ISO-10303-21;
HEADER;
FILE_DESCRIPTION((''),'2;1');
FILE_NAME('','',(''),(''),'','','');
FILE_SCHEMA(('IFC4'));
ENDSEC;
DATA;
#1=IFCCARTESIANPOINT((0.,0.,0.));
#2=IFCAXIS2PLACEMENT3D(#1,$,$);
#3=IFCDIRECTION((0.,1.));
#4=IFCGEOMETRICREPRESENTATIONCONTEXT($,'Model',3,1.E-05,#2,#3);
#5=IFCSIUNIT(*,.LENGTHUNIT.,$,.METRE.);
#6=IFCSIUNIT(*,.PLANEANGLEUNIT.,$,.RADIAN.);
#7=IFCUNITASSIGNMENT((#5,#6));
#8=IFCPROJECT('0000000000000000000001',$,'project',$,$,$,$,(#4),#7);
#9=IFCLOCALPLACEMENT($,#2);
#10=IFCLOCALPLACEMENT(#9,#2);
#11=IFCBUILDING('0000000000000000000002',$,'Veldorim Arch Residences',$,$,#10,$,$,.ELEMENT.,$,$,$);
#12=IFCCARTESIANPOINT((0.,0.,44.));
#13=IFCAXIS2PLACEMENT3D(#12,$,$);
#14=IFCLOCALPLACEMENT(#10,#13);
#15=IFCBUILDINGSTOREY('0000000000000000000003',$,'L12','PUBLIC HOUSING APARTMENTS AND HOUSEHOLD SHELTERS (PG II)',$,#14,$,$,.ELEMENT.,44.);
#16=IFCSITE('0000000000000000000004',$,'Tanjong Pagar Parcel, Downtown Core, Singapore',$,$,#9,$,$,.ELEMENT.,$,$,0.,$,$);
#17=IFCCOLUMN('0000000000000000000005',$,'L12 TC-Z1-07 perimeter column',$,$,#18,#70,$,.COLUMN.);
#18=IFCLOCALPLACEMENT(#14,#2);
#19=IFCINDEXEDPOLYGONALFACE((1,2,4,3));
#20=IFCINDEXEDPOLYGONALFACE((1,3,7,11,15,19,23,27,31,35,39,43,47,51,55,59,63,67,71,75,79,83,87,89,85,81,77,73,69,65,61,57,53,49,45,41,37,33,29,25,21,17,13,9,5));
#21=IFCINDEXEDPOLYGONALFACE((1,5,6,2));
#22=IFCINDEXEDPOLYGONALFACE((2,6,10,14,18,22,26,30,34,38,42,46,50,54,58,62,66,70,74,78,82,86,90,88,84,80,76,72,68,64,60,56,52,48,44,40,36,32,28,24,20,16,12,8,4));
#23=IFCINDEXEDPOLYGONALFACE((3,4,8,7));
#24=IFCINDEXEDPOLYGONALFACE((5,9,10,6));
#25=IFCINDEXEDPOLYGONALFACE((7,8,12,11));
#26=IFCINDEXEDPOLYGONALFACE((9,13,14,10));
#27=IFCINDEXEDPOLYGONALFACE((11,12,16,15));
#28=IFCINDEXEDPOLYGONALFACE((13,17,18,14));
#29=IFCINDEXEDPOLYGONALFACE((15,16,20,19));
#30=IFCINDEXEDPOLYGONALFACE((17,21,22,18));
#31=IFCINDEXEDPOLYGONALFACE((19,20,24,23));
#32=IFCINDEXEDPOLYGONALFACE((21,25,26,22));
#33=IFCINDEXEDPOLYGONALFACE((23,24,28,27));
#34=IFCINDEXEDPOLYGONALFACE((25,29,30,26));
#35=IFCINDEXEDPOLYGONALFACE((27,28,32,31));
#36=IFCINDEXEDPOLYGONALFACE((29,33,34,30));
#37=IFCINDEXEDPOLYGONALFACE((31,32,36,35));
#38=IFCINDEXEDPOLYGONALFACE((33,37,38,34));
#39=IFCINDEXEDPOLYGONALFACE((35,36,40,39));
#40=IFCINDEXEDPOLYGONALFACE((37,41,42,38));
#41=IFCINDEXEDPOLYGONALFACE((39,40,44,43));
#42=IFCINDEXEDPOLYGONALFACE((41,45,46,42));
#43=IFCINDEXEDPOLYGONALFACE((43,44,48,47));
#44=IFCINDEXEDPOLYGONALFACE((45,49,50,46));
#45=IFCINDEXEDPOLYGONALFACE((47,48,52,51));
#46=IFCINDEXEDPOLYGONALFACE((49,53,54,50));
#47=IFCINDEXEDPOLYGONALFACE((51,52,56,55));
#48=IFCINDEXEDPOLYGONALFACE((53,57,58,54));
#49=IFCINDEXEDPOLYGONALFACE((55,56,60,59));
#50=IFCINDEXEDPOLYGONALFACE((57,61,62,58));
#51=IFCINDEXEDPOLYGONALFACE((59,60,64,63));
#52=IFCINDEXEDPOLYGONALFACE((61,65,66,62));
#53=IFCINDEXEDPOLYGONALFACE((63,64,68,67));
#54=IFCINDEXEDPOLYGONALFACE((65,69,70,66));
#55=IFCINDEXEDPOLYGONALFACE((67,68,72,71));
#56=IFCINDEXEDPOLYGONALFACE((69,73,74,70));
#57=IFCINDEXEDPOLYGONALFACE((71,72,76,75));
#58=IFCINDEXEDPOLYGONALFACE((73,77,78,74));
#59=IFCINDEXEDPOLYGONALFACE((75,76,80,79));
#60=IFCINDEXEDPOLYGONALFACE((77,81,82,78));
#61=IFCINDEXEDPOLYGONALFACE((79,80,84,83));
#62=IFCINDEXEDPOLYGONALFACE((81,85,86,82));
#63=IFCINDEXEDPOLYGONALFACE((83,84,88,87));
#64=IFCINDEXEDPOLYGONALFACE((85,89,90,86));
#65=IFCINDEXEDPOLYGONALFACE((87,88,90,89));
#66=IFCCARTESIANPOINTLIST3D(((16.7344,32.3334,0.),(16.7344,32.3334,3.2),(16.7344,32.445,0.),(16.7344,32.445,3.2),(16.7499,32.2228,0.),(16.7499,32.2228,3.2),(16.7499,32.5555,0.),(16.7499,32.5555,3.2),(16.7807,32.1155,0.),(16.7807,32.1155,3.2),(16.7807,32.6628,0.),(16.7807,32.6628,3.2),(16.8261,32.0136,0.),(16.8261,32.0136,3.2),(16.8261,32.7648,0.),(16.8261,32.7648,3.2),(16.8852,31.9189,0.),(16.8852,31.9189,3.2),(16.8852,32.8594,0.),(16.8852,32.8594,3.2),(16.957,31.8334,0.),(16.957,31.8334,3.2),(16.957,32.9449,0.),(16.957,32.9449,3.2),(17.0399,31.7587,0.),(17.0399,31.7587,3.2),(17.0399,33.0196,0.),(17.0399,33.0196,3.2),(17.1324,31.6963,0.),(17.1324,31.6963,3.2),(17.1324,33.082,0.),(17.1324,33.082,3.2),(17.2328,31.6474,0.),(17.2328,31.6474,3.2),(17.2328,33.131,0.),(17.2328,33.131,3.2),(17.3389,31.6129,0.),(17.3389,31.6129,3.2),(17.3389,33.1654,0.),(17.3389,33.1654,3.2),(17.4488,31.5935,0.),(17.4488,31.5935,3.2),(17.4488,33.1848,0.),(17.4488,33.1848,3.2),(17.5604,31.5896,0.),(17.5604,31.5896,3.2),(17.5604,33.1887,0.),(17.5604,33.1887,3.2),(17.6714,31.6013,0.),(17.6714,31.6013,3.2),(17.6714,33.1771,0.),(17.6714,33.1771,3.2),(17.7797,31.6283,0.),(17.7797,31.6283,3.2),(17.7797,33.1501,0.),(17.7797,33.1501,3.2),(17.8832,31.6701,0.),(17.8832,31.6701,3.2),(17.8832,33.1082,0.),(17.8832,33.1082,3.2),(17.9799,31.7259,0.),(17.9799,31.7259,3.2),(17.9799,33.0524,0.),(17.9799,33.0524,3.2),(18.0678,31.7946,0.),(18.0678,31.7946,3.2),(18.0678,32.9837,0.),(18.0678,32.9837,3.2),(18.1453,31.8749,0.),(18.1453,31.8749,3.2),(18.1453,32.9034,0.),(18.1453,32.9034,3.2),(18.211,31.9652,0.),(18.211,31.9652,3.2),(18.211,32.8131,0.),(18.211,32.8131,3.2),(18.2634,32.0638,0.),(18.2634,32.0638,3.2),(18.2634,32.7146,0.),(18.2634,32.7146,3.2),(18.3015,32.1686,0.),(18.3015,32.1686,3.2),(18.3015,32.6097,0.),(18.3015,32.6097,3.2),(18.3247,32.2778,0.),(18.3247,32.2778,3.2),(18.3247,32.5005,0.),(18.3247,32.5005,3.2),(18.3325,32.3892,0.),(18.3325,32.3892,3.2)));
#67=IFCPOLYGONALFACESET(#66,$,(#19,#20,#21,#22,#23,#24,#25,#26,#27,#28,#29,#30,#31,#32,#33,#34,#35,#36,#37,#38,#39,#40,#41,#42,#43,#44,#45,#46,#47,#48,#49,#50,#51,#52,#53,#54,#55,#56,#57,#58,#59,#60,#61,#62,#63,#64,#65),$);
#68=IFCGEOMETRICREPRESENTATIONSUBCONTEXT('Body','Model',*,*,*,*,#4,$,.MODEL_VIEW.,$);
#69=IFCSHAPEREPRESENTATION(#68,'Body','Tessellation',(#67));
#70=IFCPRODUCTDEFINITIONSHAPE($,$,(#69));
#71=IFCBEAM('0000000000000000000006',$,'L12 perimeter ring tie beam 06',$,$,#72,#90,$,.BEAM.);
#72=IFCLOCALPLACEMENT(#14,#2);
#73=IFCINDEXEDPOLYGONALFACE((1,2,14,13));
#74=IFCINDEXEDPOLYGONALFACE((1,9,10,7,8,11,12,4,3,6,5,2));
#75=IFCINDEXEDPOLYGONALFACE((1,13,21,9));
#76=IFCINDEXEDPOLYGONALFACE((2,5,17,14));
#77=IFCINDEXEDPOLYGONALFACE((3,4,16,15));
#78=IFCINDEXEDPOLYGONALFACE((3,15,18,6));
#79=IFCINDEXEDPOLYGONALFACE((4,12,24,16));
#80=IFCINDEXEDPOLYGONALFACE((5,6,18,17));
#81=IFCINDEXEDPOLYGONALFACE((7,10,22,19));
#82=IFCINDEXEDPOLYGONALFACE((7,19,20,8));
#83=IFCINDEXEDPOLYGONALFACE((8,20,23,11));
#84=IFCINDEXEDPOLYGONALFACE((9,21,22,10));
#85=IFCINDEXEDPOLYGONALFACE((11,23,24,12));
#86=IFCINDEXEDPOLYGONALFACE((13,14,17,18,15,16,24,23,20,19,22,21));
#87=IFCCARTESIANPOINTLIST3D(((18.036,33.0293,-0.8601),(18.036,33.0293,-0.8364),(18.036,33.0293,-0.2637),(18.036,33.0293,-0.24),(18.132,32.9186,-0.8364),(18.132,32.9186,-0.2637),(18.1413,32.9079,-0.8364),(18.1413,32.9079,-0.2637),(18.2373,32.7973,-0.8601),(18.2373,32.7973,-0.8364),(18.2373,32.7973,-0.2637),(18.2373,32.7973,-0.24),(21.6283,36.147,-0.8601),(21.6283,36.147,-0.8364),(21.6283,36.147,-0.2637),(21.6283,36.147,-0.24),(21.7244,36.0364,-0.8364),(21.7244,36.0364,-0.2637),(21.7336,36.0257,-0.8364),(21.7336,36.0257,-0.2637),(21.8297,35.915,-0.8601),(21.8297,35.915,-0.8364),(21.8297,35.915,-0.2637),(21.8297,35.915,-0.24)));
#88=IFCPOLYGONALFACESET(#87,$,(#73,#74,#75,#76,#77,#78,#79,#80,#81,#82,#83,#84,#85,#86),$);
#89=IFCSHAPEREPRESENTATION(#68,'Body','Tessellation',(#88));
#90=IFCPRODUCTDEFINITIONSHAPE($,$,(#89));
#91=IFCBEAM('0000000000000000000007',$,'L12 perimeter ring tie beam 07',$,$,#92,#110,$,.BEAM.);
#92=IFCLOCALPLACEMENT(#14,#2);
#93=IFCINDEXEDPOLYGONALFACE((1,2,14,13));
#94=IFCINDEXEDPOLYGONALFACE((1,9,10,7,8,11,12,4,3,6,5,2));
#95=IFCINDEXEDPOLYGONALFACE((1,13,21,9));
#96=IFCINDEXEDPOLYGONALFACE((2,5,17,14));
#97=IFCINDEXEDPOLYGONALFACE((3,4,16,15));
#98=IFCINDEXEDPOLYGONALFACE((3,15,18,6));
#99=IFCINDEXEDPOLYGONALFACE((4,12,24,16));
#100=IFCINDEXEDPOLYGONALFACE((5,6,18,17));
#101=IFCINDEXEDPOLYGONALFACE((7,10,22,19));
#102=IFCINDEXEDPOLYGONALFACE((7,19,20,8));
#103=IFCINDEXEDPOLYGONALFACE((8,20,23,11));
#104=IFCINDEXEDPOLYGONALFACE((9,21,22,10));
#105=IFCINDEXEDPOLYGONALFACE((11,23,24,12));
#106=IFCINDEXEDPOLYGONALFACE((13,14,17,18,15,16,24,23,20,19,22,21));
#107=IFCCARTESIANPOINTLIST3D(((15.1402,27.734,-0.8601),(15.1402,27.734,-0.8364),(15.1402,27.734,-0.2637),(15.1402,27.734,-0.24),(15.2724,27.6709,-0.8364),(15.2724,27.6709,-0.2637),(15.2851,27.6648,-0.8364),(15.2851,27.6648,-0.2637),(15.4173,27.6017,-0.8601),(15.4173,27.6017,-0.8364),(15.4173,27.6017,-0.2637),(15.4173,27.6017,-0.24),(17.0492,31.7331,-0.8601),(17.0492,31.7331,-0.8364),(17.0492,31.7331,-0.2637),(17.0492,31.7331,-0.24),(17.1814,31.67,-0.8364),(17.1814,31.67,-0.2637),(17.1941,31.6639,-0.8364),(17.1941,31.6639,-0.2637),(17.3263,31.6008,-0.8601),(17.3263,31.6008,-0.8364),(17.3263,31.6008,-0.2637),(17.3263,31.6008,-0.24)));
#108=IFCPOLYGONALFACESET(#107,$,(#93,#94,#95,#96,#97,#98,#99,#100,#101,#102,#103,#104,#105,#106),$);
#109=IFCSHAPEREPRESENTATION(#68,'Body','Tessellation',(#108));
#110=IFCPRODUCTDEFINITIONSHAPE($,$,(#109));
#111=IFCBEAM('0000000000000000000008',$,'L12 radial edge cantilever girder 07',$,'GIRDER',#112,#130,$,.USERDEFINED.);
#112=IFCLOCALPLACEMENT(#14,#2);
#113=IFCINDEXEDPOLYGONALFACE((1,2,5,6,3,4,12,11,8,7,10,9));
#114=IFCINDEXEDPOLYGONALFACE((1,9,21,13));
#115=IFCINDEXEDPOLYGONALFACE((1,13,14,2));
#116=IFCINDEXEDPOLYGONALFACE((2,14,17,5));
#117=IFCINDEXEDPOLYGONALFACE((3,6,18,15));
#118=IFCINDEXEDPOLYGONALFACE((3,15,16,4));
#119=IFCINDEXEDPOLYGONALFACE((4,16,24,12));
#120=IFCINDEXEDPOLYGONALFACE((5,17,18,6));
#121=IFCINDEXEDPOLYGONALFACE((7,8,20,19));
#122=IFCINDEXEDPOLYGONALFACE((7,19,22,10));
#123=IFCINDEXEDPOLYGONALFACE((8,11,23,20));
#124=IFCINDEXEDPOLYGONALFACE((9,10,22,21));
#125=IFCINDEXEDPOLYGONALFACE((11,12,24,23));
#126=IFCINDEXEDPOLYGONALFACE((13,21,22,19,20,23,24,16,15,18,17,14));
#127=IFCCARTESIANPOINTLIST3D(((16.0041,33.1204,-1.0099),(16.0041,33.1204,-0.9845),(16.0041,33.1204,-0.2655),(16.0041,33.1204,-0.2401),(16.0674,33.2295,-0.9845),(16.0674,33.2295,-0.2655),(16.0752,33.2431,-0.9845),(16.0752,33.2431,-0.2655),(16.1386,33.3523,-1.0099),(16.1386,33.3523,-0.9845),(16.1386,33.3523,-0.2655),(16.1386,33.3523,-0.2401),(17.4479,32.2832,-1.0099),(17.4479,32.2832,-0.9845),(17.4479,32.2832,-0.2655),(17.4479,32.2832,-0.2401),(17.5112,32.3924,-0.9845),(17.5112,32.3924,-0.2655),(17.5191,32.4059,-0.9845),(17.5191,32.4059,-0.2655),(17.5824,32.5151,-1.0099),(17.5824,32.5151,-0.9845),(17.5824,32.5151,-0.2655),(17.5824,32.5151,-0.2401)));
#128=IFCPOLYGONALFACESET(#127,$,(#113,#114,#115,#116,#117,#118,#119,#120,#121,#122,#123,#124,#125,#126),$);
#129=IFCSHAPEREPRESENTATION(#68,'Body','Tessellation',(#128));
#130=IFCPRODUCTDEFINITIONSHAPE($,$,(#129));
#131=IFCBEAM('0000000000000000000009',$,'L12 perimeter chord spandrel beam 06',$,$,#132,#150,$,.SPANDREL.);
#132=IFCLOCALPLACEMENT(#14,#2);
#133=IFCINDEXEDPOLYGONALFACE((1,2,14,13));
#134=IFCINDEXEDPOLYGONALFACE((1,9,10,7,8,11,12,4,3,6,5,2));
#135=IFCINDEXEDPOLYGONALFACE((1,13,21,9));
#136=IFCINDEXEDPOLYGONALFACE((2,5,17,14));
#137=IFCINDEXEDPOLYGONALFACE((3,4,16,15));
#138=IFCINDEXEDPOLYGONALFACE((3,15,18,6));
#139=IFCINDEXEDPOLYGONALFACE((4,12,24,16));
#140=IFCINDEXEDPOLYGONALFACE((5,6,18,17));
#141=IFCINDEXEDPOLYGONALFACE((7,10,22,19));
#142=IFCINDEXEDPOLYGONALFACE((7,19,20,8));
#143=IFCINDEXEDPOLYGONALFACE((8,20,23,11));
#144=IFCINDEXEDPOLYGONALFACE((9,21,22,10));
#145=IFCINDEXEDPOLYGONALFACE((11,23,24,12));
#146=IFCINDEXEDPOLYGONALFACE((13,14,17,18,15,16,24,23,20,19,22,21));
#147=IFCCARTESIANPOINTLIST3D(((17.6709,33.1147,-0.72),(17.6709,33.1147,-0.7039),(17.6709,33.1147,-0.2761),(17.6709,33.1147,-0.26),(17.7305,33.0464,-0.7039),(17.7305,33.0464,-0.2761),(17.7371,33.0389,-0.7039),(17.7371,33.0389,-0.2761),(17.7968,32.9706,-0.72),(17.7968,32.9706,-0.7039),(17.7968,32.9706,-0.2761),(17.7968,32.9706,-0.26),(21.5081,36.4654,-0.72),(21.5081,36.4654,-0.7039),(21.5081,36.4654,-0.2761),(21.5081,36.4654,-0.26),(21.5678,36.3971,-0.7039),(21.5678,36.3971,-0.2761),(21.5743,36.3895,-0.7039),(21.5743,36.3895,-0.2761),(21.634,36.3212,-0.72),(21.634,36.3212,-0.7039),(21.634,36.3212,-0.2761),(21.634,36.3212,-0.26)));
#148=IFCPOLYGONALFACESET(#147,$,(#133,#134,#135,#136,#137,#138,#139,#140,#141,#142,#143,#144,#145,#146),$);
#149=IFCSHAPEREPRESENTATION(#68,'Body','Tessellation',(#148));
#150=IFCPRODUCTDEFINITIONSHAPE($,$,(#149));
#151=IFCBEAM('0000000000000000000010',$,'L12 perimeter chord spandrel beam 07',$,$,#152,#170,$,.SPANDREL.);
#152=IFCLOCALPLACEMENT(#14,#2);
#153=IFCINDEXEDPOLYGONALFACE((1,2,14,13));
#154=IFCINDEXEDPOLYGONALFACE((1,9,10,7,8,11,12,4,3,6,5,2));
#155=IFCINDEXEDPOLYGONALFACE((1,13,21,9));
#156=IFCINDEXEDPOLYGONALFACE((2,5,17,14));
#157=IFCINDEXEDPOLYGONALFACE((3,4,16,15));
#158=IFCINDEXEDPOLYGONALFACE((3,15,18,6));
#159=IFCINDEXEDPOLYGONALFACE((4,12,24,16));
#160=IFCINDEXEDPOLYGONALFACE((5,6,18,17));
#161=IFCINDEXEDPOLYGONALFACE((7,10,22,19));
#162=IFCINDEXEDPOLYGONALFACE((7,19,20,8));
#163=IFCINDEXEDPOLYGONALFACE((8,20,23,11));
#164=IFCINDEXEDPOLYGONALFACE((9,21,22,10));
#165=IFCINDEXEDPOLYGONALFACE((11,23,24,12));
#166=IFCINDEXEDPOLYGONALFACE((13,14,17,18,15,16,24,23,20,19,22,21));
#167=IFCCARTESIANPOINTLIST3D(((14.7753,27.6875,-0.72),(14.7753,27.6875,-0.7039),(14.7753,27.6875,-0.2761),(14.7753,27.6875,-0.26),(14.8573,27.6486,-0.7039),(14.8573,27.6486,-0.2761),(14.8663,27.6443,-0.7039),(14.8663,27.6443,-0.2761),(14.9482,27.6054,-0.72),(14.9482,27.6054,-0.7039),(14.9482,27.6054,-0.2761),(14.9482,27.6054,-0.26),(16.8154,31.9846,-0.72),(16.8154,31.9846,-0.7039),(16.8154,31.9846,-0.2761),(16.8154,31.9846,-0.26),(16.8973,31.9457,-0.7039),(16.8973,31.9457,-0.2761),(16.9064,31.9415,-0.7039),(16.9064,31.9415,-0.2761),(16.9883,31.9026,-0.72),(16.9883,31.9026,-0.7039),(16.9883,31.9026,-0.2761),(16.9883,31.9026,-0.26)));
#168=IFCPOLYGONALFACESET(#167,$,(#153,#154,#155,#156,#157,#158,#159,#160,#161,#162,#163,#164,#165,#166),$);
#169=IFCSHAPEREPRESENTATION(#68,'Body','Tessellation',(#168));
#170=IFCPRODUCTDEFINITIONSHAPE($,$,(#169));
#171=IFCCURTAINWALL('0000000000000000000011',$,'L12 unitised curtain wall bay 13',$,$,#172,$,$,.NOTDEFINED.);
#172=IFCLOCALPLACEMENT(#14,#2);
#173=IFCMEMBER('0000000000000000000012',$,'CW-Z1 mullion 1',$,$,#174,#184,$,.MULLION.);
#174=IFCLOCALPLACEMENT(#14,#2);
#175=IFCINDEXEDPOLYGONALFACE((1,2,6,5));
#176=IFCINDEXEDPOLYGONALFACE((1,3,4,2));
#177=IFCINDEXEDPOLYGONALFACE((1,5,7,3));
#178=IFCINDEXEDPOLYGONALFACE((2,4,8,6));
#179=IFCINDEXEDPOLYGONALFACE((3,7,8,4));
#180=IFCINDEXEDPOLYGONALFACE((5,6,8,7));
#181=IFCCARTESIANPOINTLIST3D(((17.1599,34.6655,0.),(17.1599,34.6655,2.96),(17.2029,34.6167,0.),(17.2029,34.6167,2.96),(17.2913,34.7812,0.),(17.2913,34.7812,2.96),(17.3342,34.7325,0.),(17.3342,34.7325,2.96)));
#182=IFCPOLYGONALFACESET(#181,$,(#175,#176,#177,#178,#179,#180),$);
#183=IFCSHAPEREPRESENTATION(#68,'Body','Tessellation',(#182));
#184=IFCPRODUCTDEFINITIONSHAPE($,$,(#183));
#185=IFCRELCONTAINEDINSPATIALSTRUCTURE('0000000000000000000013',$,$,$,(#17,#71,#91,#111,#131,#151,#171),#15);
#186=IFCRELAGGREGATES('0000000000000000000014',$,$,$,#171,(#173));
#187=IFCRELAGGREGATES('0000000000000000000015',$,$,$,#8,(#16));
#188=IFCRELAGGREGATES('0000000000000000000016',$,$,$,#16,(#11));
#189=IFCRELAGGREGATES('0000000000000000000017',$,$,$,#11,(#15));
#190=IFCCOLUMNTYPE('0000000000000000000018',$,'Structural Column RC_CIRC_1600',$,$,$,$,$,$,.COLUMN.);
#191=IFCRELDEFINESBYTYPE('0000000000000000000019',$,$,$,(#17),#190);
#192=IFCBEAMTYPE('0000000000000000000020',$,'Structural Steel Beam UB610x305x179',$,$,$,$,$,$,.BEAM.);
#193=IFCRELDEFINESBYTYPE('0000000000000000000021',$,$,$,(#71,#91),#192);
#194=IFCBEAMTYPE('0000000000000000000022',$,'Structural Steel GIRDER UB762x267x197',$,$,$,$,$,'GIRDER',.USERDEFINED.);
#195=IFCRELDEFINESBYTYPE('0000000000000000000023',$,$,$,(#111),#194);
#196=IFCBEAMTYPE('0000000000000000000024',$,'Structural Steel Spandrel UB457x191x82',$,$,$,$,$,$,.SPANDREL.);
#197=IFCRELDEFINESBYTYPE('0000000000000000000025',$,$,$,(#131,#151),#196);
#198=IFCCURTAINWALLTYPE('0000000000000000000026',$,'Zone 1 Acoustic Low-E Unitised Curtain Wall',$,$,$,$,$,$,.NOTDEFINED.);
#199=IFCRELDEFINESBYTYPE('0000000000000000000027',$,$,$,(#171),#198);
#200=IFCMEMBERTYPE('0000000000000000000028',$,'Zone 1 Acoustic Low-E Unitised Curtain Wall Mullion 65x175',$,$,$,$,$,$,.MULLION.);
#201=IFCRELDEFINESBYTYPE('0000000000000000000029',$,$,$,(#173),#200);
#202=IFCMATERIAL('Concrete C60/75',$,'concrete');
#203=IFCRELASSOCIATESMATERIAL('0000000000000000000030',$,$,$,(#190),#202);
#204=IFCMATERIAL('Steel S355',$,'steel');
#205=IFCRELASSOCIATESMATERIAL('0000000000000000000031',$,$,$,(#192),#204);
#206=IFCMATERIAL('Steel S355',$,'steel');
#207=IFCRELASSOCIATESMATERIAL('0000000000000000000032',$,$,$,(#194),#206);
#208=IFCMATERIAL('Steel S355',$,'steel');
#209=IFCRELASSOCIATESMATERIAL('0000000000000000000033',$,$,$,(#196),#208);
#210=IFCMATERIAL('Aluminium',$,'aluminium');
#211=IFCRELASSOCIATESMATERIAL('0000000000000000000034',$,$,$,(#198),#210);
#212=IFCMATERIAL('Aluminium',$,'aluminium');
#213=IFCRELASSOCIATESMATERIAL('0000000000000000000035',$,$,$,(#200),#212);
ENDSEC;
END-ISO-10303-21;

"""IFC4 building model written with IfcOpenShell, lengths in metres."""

from ifc_helpers import new_model, si_unit, direction, frame, origin, origin_2d, place, context, subcontext, project, spatial, rectangle, circle, i_section, extrude, material, material_profile, profile_set, type_object, element, aggregate, save


model = new_model("IFC4")

# Units and contexts
model_context = context("Model", 3, precision=1e-05, world=origin(), true_north=direction((0.0, 1.0)))
body_context = subcontext(model_context, "Body", "Model", "MODEL_VIEW")
ifc_project = project(units=[si_unit("LENGTHUNIT", "METRE"), si_unit("PLANEANGLEUNIT", "RADIAN")], contexts=[model_context])

# Site, building, storey
site_placement = place(None, origin())
site = spatial("IfcSite", under=ifc_project, at=site_placement, Name="Tanjong Pagar Parcel, Downtown Core, Singapore", CompositionType="ELEMENT", RefElevation=0.0)
building_placement = place(site_placement, origin())
building = spatial("IfcBuilding", under=site, at=building_placement, Name="Veldorim Arch Residences", CompositionType="ELEMENT")
storey_placement = place(building_placement, frame((0.0, 0.0, 44.0)))
storey = spatial("IfcBuildingStorey", under=building, at=storey_placement, Name="L12", Description="PUBLIC HOUSING APARTMENTS AND HOUSEHOLD SHELTERS (PG II)", CompositionType="ELEMENT", Elevation=44.0)

# Column
ifc_material_1 = material(Name="Concrete C60/75", Category="concrete")
ifc_material_profile_1 = material_profile(ifc_material_1, circle(Radius=0.8, at=origin_2d()), Name="RC_CIRC_1600")
ifc_profile_set_1 = profile_set([ifc_material_profile_1], Name="Concrete C60/75")
column_type = type_object("IfcColumnType", Name="Structural Column RC_CIRC_1600", PredefinedType="COLUMN", material=ifc_profile_set_1)
column_placement = place(storey_placement, frame((17.5325, 32.3892, 0.0), z_axis=(0.0, 0.0, 1.0), x_axis=(1.0, 0.0, 0.0)))
element("IfcColumn", 1, at=column_placement, inside=storey, type_object=column_type, Name="L12 TC-Z1-07 perimeter column", PredefinedType="COLUMN", context=body_context, shape_type="SweptSolid", body=[
    extrude(circle(Radius=0.8, at=origin_2d()), origin(), (0.0, 0.0, 1.0), 3.2),
])

# Beams
ifc_material_2 = material(Name="Steel S355", Category="steel")
ifc_material_profile_2 = material_profile(ifc_material_2, i_section(OverallWidth=0.3071, OverallDepth=0.6201, WebThickness=0.0142, FlangeThickness=0.0237, at=origin_2d()), Name="UB610x305x179")
ifc_profile_set_2 = profile_set([ifc_material_profile_2], Name="Steel S355")
beam_type_1 = type_object("IfcBeamType", Name="Structural Steel Beam UB610x305x179", PredefinedType="BEAM", material=ifc_profile_set_2)
beam_1_placement = place(storey_placement, frame((21.729, 36.031, -0.55), z_axis=(-0.755235, -0.655454, 0.0), x_axis=(0.655454, -0.755235, 0.0)))
element("IfcBeam", 2, at=beam_1_placement, inside=storey, type_object=beam_type_1, Name="L12 perimeter ring tie beam 06", PredefinedType="BEAM", context=body_context, shape_type="SweptSolid", body=[
    extrude(i_section(OverallWidth=0.3071, OverallDepth=0.6201, WebThickness=0.0142, FlangeThickness=0.0237, at=origin_2d()), origin(), (0.0, 0.0, 1.0), 4.7566),
])
beam_2_placement = place(storey_placement, frame((17.1877, 31.667, -0.55), z_axis=(-0.430787, -0.902454, 0.0), x_axis=(0.902454, -0.430787, 0.0)))
element("IfcBeam", 3, at=beam_2_placement, inside=storey, type_object=beam_type_1, Name="L12 perimeter ring tie beam 07", PredefinedType="BEAM", context=body_context, shape_type="SweptSolid", body=[
    extrude(i_section(OverallWidth=0.3071, OverallDepth=0.6201, WebThickness=0.0142, FlangeThickness=0.0237, at=origin_2d()), origin(), (0.0, 0.0, 1.0), 4.4314),
])
ifc_material_3 = material(Name="Steel S355", Category="steel")
ifc_material_profile_3 = material_profile(ifc_material_3, i_section(OverallWidth=0.2681, OverallDepth=0.7698, WebThickness=0.0156, FlangeThickness=0.0254, at=origin_2d()), Name="UB762x267x197")
ifc_profile_set_3 = profile_set([ifc_material_profile_3], Name="Steel S355")
beam_type_2 = type_object("IfcBeamType", Name="Structural Steel GIRDER UB762x267x197", ElementType="GIRDER", PredefinedType="USERDEFINED", material=ifc_profile_set_3)
beam_3_placement = place(storey_placement, frame((17.5151, 32.3992, -0.625), z_axis=(-0.865102, 0.501595, 0.0), x_axis=(-0.501595, -0.865102, 0.0)))
element("IfcBeam", 4, at=beam_3_placement, inside=storey, type_object=beam_type_2, Name="L12 radial edge cantilever girder 07", ObjectType="GIRDER", PredefinedType="USERDEFINED", context=body_context, shape_type="SweptSolid", body=[
    extrude(i_section(OverallWidth=0.2681, OverallDepth=0.7698, WebThickness=0.0156, FlangeThickness=0.0254, at=origin_2d()), origin(), (0.0, 0.0, 1.0), 1.6689),
])
ifc_material_4 = material(Name="Steel S355", Category="steel")
ifc_material_profile_4 = material_profile(ifc_material_4, i_section(OverallWidth=0.1914, OverallDepth=0.46, WebThickness=0.01, FlangeThickness=0.0161, at=origin_2d()), Name="UB457x191x82")
ifc_profile_set_4 = profile_set([ifc_material_profile_4], Name="Steel S355")
beam_type_3 = type_object("IfcBeamType", Name="Structural Steel Spandrel UB457x191x82", PredefinedType="SPANDREL", material=ifc_profile_set_4)
beam_4_placement = place(storey_placement, frame((21.571, 36.3933, -0.49), z_axis=(-0.75325, -0.657734, 0.0), x_axis=(0.657734, -0.75325, 0.0)))
element("IfcBeam", 5, at=beam_4_placement, inside=storey, type_object=beam_type_3, Name="L12 perimeter chord spandrel beam 06", PredefinedType="SPANDREL", context=body_context, shape_type="SweptSolid", body=[
    extrude(i_section(OverallWidth=0.1914, OverallDepth=0.46, WebThickness=0.01, FlangeThickness=0.0161, at=origin_2d()), origin(), (0.0, 0.0, 1.0), 5.0942),
])
beam_5_placement = place(storey_placement, frame((16.9019, 31.9436, -0.49), z_axis=(-0.428869, -0.903366, 0.0), x_axis=(0.903366, -0.428869, 0.0)))
element("IfcBeam", 6, at=beam_5_placement, inside=storey, type_object=beam_type_3, Name="L12 perimeter chord spandrel beam 07", PredefinedType="SPANDREL", context=body_context, shape_type="SweptSolid", body=[
    extrude(i_section(OverallWidth=0.1914, OverallDepth=0.46, WebThickness=0.01, FlangeThickness=0.0161, at=origin_2d()), origin(), (0.0, 0.0, 1.0), 4.7568),
])

# Curtain wall, member
ifc_material_5 = material(Name="Aluminium", Category="aluminium")
curtain_wall_type = type_object("IfcCurtainWallType", Name="Zone 1 Acoustic Low-E Unitised Curtain Wall", PredefinedType="NOTDEFINED", material=ifc_material_5)
curtain_wall_placement = place(storey_placement, origin())
curtain_wall = element("IfcCurtainWall", 7, at=curtain_wall_placement, inside=storey, type_object=curtain_wall_type, Name="L12 unitised curtain wall bay 13", PredefinedType="NOTDEFINED")
ifc_material_6 = material(Name="Aluminium", Category="aluminium")
ifc_material_profile_5 = material_profile(ifc_material_6, rectangle(XDim=0.0649, YDim=0.175, at=origin_2d()), Name="ALU_MUL_65x175")
ifc_profile_set_5 = profile_set([ifc_material_profile_5], Name="Aluminium")
member_type_1 = type_object("IfcMemberType", Name="Zone 1 Acoustic Low-E Unitised Curtain Wall Mullion 65x175", PredefinedType="MULLION", material=ifc_profile_set_5)
member_1_placement = place(storey_placement, frame((17.2471, 34.699, 0.0), z_axis=(0.0, 0.0, 1.0), x_axis=(-0.661207, 0.750204, 0.0)))
member_1 = element("IfcMember", 8, at=member_1_placement, type_object=member_type_1, Name="CW-Z1 mullion 1", PredefinedType="MULLION", context=body_context, shape_type="SweptSolid", body=[
    extrude(rectangle(XDim=0.0649, YDim=0.175, at=origin_2d()), origin(), (0.0, 0.0, 1.0), 2.96),
])
aggregate(curtain_wall, [member_1])

save(model, "model.ifc")
